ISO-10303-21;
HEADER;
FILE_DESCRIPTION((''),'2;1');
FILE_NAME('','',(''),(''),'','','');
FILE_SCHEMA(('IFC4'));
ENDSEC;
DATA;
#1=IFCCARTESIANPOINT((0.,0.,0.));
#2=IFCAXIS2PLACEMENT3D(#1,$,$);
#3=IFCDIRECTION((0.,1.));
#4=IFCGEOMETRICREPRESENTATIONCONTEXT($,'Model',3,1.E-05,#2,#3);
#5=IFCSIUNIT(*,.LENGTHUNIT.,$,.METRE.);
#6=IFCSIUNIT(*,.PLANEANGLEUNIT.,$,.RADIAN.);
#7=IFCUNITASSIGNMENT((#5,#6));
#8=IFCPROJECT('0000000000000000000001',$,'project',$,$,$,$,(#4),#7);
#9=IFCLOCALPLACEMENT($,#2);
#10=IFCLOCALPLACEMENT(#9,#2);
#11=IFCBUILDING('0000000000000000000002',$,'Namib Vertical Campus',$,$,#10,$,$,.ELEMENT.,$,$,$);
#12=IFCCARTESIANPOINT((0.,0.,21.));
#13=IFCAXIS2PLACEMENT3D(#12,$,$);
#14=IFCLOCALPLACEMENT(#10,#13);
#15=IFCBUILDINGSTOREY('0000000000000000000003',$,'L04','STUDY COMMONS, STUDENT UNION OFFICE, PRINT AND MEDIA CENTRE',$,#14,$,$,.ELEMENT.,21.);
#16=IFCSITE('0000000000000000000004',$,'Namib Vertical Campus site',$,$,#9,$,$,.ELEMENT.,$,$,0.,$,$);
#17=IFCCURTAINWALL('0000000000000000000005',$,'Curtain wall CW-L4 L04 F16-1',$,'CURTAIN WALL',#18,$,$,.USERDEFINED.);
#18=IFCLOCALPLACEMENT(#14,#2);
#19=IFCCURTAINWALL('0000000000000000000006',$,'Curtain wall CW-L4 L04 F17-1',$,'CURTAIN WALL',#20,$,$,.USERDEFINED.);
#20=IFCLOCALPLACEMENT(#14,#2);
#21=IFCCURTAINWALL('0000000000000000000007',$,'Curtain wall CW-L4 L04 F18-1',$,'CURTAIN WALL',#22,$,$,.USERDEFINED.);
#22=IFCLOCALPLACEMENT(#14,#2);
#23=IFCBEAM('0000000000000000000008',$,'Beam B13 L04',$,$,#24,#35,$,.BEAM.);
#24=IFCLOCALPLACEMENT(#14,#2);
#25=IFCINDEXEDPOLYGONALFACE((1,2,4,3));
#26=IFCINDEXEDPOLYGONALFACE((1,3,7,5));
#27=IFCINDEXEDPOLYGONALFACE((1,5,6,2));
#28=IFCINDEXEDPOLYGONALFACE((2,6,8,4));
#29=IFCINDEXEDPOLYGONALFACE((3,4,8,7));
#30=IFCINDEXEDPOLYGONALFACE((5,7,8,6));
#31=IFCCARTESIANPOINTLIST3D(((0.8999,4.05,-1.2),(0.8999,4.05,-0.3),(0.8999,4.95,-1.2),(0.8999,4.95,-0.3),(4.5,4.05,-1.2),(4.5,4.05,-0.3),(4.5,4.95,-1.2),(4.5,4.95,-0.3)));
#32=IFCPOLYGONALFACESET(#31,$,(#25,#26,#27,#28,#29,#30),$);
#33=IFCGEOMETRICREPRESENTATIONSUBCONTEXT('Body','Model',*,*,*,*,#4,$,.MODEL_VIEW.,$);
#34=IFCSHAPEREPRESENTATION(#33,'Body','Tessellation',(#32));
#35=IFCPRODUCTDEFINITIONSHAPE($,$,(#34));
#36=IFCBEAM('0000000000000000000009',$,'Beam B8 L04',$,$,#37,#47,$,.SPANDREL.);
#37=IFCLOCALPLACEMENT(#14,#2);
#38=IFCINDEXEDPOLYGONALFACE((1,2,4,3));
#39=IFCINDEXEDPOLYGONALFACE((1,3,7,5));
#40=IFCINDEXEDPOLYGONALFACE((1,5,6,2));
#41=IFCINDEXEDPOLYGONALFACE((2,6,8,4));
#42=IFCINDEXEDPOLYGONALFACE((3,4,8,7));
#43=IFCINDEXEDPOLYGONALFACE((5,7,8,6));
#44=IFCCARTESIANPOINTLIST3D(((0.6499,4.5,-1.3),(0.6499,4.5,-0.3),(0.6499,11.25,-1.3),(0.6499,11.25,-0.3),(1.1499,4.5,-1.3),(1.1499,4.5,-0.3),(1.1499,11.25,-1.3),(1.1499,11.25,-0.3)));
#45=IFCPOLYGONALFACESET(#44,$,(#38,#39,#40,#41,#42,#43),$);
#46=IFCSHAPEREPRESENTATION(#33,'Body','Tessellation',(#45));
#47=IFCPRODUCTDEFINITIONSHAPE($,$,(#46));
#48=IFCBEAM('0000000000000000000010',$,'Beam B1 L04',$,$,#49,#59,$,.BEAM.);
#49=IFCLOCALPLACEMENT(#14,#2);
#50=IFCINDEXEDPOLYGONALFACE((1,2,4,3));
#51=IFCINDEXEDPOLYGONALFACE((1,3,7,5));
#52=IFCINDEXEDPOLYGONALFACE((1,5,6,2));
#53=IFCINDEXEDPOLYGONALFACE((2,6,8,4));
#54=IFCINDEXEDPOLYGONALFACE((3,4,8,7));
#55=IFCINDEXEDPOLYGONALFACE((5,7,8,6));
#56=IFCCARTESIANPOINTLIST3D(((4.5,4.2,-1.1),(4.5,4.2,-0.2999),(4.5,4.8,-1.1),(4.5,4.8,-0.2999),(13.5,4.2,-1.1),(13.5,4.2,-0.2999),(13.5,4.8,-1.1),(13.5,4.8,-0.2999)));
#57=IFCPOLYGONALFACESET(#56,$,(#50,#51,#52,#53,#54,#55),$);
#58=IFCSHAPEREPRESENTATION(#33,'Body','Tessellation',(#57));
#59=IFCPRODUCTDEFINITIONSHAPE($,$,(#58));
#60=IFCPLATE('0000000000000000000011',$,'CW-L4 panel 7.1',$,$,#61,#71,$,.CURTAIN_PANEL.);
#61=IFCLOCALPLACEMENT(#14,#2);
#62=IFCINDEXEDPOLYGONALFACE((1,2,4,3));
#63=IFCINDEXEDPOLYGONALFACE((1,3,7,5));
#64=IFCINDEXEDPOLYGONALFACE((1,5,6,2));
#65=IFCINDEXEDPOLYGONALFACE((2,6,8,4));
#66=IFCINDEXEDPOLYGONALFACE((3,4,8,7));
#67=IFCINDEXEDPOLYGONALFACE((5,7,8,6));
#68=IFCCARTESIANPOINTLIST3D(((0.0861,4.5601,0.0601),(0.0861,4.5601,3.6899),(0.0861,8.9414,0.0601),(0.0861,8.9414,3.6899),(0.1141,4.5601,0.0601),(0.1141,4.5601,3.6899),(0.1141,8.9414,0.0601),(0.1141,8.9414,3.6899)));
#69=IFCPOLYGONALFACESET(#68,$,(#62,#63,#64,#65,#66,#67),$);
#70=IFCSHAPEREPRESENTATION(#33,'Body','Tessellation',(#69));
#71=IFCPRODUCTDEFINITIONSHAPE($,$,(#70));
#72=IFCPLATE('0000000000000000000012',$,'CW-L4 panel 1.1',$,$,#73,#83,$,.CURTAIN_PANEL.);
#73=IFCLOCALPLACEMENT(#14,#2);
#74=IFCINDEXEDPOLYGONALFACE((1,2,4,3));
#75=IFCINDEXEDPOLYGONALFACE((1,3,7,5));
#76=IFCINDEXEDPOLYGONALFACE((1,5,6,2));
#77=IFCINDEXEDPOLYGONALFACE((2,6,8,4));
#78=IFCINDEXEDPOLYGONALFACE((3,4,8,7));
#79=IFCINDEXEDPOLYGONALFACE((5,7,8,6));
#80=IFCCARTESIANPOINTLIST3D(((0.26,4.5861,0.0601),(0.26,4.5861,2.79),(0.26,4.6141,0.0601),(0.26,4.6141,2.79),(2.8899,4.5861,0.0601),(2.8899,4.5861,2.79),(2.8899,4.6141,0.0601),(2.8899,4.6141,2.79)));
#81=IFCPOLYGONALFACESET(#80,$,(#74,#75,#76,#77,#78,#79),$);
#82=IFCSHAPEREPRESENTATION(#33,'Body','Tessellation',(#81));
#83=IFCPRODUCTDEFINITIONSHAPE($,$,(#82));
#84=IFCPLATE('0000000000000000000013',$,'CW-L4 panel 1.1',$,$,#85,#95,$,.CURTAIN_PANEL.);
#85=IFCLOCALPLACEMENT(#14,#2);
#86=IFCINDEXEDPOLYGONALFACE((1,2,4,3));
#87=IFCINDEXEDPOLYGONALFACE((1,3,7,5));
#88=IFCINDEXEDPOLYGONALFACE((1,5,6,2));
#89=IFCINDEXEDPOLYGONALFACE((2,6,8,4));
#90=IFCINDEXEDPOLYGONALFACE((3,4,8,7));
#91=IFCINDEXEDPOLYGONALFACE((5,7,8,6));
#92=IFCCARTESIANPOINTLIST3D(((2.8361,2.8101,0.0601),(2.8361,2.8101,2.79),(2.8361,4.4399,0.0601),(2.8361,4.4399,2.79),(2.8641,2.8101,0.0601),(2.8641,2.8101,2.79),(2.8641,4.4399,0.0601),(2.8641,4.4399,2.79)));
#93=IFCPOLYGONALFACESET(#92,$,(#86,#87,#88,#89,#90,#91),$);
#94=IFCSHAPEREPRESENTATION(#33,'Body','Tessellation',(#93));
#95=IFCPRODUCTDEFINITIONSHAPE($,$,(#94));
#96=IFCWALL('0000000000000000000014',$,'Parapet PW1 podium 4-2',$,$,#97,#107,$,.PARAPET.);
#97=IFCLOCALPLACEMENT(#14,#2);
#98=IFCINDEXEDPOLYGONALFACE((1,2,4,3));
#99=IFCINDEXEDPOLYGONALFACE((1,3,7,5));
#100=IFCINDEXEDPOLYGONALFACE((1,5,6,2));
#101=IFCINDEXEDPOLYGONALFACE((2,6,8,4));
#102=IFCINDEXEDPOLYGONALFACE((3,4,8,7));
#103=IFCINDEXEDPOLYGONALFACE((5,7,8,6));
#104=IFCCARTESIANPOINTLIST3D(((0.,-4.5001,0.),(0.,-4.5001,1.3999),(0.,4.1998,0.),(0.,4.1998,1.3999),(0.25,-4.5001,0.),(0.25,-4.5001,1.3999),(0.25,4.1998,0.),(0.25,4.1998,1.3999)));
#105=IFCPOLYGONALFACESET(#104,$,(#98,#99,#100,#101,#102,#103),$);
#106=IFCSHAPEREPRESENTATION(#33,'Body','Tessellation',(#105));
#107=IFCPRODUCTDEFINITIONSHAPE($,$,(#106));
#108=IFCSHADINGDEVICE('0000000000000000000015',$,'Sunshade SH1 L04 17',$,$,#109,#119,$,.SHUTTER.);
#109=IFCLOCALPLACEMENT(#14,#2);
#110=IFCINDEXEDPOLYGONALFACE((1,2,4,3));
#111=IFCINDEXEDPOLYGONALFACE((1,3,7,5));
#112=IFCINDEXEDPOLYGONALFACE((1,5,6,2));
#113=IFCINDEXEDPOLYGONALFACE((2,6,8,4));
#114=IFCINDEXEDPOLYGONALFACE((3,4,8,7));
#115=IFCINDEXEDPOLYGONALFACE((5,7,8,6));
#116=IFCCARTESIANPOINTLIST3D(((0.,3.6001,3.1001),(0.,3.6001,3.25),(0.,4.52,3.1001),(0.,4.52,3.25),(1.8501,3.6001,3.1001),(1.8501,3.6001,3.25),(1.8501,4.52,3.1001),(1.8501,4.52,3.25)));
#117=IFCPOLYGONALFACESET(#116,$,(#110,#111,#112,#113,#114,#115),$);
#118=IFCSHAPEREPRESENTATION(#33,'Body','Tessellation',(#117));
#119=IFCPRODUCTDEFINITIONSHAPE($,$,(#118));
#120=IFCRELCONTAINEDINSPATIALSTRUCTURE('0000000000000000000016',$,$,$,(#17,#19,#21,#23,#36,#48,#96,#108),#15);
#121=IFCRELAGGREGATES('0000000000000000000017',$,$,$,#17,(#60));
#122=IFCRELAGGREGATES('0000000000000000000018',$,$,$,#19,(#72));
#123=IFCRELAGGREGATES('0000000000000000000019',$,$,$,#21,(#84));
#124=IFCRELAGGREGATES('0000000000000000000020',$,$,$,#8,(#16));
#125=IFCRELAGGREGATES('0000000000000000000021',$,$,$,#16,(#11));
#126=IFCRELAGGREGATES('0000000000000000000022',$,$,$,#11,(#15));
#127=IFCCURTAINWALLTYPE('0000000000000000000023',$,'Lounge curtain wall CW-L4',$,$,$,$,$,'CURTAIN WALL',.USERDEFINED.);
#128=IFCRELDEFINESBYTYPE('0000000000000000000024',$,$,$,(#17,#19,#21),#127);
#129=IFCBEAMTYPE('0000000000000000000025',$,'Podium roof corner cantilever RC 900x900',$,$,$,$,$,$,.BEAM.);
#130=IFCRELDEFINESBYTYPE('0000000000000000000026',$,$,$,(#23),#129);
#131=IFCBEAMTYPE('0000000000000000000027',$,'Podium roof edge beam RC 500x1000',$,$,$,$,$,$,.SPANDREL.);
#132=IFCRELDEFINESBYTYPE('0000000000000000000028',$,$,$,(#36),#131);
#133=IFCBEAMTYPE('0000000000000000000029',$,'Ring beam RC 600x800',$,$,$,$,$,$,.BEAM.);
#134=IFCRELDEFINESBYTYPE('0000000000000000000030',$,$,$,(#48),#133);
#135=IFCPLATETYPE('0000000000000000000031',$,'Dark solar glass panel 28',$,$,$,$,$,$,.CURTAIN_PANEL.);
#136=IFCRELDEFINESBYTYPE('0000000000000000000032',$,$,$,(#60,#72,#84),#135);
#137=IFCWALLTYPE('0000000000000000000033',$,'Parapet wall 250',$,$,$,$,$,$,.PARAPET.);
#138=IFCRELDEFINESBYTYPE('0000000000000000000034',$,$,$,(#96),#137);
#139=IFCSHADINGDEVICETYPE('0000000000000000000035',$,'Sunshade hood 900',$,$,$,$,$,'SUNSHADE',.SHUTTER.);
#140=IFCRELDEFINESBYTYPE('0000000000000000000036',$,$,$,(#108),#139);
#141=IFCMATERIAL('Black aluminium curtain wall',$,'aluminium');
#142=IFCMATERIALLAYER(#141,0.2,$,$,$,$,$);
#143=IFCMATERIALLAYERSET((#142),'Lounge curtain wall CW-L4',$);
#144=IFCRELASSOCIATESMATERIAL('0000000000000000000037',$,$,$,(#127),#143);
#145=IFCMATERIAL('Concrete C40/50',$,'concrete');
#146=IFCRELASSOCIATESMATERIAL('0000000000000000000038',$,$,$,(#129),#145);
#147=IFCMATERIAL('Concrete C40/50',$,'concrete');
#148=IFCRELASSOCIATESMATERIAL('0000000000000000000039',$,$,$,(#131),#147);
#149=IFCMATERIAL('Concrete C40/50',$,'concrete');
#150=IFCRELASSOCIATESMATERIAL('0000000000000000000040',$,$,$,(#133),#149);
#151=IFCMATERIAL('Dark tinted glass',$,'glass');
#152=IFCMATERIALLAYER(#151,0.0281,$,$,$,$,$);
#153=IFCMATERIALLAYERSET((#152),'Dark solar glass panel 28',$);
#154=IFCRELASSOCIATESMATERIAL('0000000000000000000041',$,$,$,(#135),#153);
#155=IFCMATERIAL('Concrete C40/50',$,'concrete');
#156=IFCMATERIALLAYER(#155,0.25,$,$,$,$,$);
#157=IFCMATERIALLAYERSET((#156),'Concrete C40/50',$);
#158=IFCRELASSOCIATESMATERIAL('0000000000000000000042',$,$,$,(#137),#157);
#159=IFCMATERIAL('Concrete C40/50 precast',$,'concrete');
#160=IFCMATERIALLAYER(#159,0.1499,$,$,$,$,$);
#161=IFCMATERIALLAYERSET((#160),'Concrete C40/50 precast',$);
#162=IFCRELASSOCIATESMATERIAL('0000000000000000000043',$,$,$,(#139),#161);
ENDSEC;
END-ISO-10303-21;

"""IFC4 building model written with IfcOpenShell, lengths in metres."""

from ifc_helpers import new_model, si_unit, direction, frame, frame_2d, origin, origin_2d, place, context, subcontext, project, spatial, rectangle, extrude, material, layer, layer_set, material_profile, profile_set, type_object, element, aggregate, save


model = new_model("IFC4")

# Units and contexts
model_context = context("Model", 3, precision=1e-05, world=origin(), true_north=direction((0.0, 1.0)))
body_context = subcontext(model_context, "Body", "Model", "MODEL_VIEW")
ifc_project = project(units=[si_unit("LENGTHUNIT", "METRE"), si_unit("PLANEANGLEUNIT", "RADIAN")], contexts=[model_context])

# Site, building, storey
site_placement = place(None, origin())
site = spatial("IfcSite", under=ifc_project, at=site_placement, Name="Namib Vertical Campus site", CompositionType="ELEMENT", RefElevation=0.0)
building_placement = place(site_placement, origin())
building = spatial("IfcBuilding", under=site, at=building_placement, Name="Namib Vertical Campus", CompositionType="ELEMENT")
storey_placement = place(building_placement, frame((0.0, 0.0, 21.0)))
storey = spatial("IfcBuildingStorey", under=building, at=storey_placement, Name="L04", Description="STUDY COMMONS, STUDENT UNION OFFICE, PRINT AND MEDIA CENTRE", CompositionType="ELEMENT", Elevation=21.0)

# Curtain wall
ifc_material_1 = material(Name="Black aluminium curtain wall", Category="aluminium")
ifc_layer_1 = layer(ifc_material_1, 0.2)
ifc_layer_set_1 = layer_set([ifc_layer_1], Name="Lounge curtain wall CW-L4")
curtain_wall_type = type_object("IfcCurtainWallType", Name="Lounge curtain wall CW-L4", ElementType="CURTAIN WALL", PredefinedType="USERDEFINED", material=ifc_layer_set_1)
curtain_wall_1_placement = place(storey_placement, origin())
curtain_wall_1 = element("IfcCurtainWall", 1, at=curtain_wall_1_placement, inside=storey, type_object=curtain_wall_type, Name="Curtain wall CW-L4 L04 F16-1", ObjectType="CURTAIN WALL", PredefinedType="USERDEFINED")

# Curtain wall
curtain_wall_2_placement = place(storey_placement, origin())
curtain_wall_2 = element("IfcCurtainWall", 2, at=curtain_wall_2_placement, inside=storey, type_object=curtain_wall_type, Name="Curtain wall CW-L4 L04 F17-1", ObjectType="CURTAIN WALL", PredefinedType="USERDEFINED")

# Curtain wall
curtain_wall_3_placement = place(storey_placement, origin())
curtain_wall_3 = element("IfcCurtainWall", 3, at=curtain_wall_3_placement, inside=storey, type_object=curtain_wall_type, Name="Curtain wall CW-L4 L04 F18-1", ObjectType="CURTAIN WALL", PredefinedType="USERDEFINED")

# Beams
ifc_material_2 = material(Name="Concrete C40/50", Category="concrete")
ifc_material_profile_1 = material_profile(ifc_material_2, rectangle(XDim=0.8999, YDim=0.8999, at=origin_2d()))
ifc_profile_set_1 = profile_set([ifc_material_profile_1], Name="Concrete C40/50")
beam_type_1 = type_object("IfcBeamType", Name="Podium roof corner cantilever RC 900x900", PredefinedType="BEAM", material=ifc_profile_set_1)
beam_1_placement = place(storey_placement, frame((4.5, 4.5, -0.75), z_axis=(-1.0, 0.0, 0.0), x_axis=(0.0, -1.0, 0.0)))
element("IfcBeam", 4, at=beam_1_placement, inside=storey, type_object=beam_type_1, Name="Beam B13 L04", PredefinedType="BEAM", context=body_context, shape_type="SweptSolid", body=[
    extrude(rectangle(XDim=0.8999, YDim=0.8999, at=origin_2d()), origin(), (0.0, 0.0, 1.0), 3.6001),
])
ifc_material_3 = material(Name="Concrete C40/50", Category="concrete")
ifc_material_profile_2 = material_profile(ifc_material_3, rectangle(XDim=0.5, YDim=1.0, at=origin_2d()))
ifc_profile_set_2 = profile_set([ifc_material_profile_2], Name="Concrete C40/50")
beam_type_2 = type_object("IfcBeamType", Name="Podium roof edge beam RC 500x1000", PredefinedType="SPANDREL", material=ifc_profile_set_2)
beam_2_placement = place(storey_placement, frame((0.8999, 4.5, -0.8), z_axis=(0.0, 1.0, 0.0), x_axis=(-1.0, 0.0, 0.0)))
element("IfcBeam", 5, at=beam_2_placement, inside=storey, type_object=beam_type_2, Name="Beam B8 L04", PredefinedType="SPANDREL", context=body_context, shape_type="SweptSolid", body=[
    extrude(rectangle(XDim=0.5, YDim=1.0, at=origin_2d()), origin(), (0.0, 0.0, 1.0), 6.75),
])
ifc_material_4 = material(Name="Concrete C40/50", Category="concrete")
ifc_material_profile_3 = material_profile(ifc_material_4, rectangle(XDim=0.6001, YDim=0.8, at=origin_2d()))
ifc_profile_set_3 = profile_set([ifc_material_profile_3], Name="Concrete C40/50")
beam_type_3 = type_object("IfcBeamType", Name="Ring beam RC 600x800", PredefinedType="BEAM", material=ifc_profile_set_3)
beam_3_placement = place(storey_placement, frame((4.5, 4.5, -0.7), z_axis=(1.0, 0.0, 0.0), x_axis=(0.0, 1.0, 0.0)))
element("IfcBeam", 6, at=beam_3_placement, inside=storey, type_object=beam_type_3, Name="Beam B1 L04", PredefinedType="BEAM", context=body_context, shape_type="SweptSolid", body=[
    extrude(rectangle(XDim=0.6001, YDim=0.8, at=origin_2d()), origin(), (0.0, 0.0, 1.0), 9.0),
])

# Plates
ifc_material_5 = material(Name="Dark tinted glass", Category="glass")
ifc_layer_2 = layer(ifc_material_5, 0.0281)
ifc_layer_set_2 = layer_set([ifc_layer_2], Name="Dark solar glass panel 28")
plate_type = type_object("IfcPlateType", Name="Dark solar glass panel 28", PredefinedType="CURTAIN_PANEL", material=ifc_layer_set_2)
plate_1_placement = place(storey_placement, frame((0.1001, 6.7507, 0.0601), z_axis=(0.0, 0.0, 1.0), x_axis=(0.0, -1.0, 0.0)))
plate_1 = element("IfcPlate", 7, at=plate_1_placement, type_object=plate_type, Name="CW-L4 panel 7.1", PredefinedType="CURTAIN_PANEL", context=body_context, shape_type="SweptSolid", body=[
    extrude(rectangle(XDim=4.3813, YDim=0.0281, at=origin_2d()), origin(), (0.0, 0.0, 1.0), 3.6299),
])
aggregate(curtain_wall_1, [plate_1])
plate_2_placement = place(storey_placement, frame((1.575, 4.6001, 0.0601), z_axis=(0.0, 0.0, 1.0), x_axis=(1.0, 0.0, 0.0)))
plate_2 = element("IfcPlate", 8, at=plate_2_placement, type_object=plate_type, Name="CW-L4 panel 1.1", PredefinedType="CURTAIN_PANEL", context=body_context, shape_type="SweptSolid", body=[
    extrude(rectangle(XDim=2.6299, YDim=0.0281, at=origin_2d()), origin(), (0.0, 0.0, 1.0), 2.73),
])
aggregate(curtain_wall_2, [plate_2])
plate_3_placement = place(storey_placement, frame((2.8501, 3.625, 0.0601), z_axis=(0.0, 0.0, 1.0), x_axis=(0.0, -1.0, 0.0)))
plate_3 = element("IfcPlate", 9, at=plate_3_placement, type_object=plate_type, Name="CW-L4 panel 1.1", PredefinedType="CURTAIN_PANEL", context=body_context, shape_type="SweptSolid", body=[
    extrude(rectangle(XDim=1.6299, YDim=0.0281, at=origin_2d()), origin(), (0.0, 0.0, 1.0), 2.73),
])
aggregate(curtain_wall_3, [plate_3])

# Wall
ifc_material_6 = material(Name="Concrete C40/50", Category="concrete")
ifc_layer_3 = layer(ifc_material_6, 0.25)
ifc_layer_set_3 = layer_set([ifc_layer_3], Name="Concrete C40/50")
wall_type_1 = type_object("IfcWallType", Name="Parapet wall 250", PredefinedType="PARAPET", material=ifc_layer_set_3)
wall_1_placement = place(storey_placement, frame((0.125, 4.2, 0.0), z_axis=(0.0, 0.0, 1.0), x_axis=(0.0, -1.0, 0.0)))
element("IfcWall", 10, at=wall_1_placement, inside=storey, type_object=wall_type_1, Name="Parapet PW1 podium 4-2", PredefinedType="PARAPET", context=body_context, shape_type="SweptSolid", body=[
    extrude(rectangle(XDim=8.7, YDim=0.25, at=frame_2d((4.3501, 0.0))), origin(), (0.0, 0.0, 1.0), 1.3999),
])

# Shading device
ifc_material_7 = material(Name="Concrete C40/50 precast", Category="concrete")
ifc_layer_4 = layer(ifc_material_7, 0.1499)
ifc_layer_set_4 = layer_set([ifc_layer_4], Name="Concrete C40/50 precast")
shading_device_type = type_object("IfcShadingDeviceType", Name="Sunshade hood 900", ElementType="SUNSHADE", PredefinedType="SHUTTER", material=ifc_layer_set_4)
shading_device_placement = place(storey_placement, frame((0.925, 4.0601, 3.1001), z_axis=(0.0, 0.0, 1.0), x_axis=(1.0, 0.0, 0.0)))
element("IfcShadingDevice", 11, at=shading_device_placement, inside=storey, type_object=shading_device_type, Name="Sunshade SH1 L04 17", PredefinedType="SHUTTER", context=body_context, shape_type="SweptSolid", body=[
    extrude(rectangle(XDim=1.8501, YDim=0.9199, at=origin_2d()), origin(), (0.0, 0.0, 1.0), 0.1499),
])

save(model, "model.ifc")
